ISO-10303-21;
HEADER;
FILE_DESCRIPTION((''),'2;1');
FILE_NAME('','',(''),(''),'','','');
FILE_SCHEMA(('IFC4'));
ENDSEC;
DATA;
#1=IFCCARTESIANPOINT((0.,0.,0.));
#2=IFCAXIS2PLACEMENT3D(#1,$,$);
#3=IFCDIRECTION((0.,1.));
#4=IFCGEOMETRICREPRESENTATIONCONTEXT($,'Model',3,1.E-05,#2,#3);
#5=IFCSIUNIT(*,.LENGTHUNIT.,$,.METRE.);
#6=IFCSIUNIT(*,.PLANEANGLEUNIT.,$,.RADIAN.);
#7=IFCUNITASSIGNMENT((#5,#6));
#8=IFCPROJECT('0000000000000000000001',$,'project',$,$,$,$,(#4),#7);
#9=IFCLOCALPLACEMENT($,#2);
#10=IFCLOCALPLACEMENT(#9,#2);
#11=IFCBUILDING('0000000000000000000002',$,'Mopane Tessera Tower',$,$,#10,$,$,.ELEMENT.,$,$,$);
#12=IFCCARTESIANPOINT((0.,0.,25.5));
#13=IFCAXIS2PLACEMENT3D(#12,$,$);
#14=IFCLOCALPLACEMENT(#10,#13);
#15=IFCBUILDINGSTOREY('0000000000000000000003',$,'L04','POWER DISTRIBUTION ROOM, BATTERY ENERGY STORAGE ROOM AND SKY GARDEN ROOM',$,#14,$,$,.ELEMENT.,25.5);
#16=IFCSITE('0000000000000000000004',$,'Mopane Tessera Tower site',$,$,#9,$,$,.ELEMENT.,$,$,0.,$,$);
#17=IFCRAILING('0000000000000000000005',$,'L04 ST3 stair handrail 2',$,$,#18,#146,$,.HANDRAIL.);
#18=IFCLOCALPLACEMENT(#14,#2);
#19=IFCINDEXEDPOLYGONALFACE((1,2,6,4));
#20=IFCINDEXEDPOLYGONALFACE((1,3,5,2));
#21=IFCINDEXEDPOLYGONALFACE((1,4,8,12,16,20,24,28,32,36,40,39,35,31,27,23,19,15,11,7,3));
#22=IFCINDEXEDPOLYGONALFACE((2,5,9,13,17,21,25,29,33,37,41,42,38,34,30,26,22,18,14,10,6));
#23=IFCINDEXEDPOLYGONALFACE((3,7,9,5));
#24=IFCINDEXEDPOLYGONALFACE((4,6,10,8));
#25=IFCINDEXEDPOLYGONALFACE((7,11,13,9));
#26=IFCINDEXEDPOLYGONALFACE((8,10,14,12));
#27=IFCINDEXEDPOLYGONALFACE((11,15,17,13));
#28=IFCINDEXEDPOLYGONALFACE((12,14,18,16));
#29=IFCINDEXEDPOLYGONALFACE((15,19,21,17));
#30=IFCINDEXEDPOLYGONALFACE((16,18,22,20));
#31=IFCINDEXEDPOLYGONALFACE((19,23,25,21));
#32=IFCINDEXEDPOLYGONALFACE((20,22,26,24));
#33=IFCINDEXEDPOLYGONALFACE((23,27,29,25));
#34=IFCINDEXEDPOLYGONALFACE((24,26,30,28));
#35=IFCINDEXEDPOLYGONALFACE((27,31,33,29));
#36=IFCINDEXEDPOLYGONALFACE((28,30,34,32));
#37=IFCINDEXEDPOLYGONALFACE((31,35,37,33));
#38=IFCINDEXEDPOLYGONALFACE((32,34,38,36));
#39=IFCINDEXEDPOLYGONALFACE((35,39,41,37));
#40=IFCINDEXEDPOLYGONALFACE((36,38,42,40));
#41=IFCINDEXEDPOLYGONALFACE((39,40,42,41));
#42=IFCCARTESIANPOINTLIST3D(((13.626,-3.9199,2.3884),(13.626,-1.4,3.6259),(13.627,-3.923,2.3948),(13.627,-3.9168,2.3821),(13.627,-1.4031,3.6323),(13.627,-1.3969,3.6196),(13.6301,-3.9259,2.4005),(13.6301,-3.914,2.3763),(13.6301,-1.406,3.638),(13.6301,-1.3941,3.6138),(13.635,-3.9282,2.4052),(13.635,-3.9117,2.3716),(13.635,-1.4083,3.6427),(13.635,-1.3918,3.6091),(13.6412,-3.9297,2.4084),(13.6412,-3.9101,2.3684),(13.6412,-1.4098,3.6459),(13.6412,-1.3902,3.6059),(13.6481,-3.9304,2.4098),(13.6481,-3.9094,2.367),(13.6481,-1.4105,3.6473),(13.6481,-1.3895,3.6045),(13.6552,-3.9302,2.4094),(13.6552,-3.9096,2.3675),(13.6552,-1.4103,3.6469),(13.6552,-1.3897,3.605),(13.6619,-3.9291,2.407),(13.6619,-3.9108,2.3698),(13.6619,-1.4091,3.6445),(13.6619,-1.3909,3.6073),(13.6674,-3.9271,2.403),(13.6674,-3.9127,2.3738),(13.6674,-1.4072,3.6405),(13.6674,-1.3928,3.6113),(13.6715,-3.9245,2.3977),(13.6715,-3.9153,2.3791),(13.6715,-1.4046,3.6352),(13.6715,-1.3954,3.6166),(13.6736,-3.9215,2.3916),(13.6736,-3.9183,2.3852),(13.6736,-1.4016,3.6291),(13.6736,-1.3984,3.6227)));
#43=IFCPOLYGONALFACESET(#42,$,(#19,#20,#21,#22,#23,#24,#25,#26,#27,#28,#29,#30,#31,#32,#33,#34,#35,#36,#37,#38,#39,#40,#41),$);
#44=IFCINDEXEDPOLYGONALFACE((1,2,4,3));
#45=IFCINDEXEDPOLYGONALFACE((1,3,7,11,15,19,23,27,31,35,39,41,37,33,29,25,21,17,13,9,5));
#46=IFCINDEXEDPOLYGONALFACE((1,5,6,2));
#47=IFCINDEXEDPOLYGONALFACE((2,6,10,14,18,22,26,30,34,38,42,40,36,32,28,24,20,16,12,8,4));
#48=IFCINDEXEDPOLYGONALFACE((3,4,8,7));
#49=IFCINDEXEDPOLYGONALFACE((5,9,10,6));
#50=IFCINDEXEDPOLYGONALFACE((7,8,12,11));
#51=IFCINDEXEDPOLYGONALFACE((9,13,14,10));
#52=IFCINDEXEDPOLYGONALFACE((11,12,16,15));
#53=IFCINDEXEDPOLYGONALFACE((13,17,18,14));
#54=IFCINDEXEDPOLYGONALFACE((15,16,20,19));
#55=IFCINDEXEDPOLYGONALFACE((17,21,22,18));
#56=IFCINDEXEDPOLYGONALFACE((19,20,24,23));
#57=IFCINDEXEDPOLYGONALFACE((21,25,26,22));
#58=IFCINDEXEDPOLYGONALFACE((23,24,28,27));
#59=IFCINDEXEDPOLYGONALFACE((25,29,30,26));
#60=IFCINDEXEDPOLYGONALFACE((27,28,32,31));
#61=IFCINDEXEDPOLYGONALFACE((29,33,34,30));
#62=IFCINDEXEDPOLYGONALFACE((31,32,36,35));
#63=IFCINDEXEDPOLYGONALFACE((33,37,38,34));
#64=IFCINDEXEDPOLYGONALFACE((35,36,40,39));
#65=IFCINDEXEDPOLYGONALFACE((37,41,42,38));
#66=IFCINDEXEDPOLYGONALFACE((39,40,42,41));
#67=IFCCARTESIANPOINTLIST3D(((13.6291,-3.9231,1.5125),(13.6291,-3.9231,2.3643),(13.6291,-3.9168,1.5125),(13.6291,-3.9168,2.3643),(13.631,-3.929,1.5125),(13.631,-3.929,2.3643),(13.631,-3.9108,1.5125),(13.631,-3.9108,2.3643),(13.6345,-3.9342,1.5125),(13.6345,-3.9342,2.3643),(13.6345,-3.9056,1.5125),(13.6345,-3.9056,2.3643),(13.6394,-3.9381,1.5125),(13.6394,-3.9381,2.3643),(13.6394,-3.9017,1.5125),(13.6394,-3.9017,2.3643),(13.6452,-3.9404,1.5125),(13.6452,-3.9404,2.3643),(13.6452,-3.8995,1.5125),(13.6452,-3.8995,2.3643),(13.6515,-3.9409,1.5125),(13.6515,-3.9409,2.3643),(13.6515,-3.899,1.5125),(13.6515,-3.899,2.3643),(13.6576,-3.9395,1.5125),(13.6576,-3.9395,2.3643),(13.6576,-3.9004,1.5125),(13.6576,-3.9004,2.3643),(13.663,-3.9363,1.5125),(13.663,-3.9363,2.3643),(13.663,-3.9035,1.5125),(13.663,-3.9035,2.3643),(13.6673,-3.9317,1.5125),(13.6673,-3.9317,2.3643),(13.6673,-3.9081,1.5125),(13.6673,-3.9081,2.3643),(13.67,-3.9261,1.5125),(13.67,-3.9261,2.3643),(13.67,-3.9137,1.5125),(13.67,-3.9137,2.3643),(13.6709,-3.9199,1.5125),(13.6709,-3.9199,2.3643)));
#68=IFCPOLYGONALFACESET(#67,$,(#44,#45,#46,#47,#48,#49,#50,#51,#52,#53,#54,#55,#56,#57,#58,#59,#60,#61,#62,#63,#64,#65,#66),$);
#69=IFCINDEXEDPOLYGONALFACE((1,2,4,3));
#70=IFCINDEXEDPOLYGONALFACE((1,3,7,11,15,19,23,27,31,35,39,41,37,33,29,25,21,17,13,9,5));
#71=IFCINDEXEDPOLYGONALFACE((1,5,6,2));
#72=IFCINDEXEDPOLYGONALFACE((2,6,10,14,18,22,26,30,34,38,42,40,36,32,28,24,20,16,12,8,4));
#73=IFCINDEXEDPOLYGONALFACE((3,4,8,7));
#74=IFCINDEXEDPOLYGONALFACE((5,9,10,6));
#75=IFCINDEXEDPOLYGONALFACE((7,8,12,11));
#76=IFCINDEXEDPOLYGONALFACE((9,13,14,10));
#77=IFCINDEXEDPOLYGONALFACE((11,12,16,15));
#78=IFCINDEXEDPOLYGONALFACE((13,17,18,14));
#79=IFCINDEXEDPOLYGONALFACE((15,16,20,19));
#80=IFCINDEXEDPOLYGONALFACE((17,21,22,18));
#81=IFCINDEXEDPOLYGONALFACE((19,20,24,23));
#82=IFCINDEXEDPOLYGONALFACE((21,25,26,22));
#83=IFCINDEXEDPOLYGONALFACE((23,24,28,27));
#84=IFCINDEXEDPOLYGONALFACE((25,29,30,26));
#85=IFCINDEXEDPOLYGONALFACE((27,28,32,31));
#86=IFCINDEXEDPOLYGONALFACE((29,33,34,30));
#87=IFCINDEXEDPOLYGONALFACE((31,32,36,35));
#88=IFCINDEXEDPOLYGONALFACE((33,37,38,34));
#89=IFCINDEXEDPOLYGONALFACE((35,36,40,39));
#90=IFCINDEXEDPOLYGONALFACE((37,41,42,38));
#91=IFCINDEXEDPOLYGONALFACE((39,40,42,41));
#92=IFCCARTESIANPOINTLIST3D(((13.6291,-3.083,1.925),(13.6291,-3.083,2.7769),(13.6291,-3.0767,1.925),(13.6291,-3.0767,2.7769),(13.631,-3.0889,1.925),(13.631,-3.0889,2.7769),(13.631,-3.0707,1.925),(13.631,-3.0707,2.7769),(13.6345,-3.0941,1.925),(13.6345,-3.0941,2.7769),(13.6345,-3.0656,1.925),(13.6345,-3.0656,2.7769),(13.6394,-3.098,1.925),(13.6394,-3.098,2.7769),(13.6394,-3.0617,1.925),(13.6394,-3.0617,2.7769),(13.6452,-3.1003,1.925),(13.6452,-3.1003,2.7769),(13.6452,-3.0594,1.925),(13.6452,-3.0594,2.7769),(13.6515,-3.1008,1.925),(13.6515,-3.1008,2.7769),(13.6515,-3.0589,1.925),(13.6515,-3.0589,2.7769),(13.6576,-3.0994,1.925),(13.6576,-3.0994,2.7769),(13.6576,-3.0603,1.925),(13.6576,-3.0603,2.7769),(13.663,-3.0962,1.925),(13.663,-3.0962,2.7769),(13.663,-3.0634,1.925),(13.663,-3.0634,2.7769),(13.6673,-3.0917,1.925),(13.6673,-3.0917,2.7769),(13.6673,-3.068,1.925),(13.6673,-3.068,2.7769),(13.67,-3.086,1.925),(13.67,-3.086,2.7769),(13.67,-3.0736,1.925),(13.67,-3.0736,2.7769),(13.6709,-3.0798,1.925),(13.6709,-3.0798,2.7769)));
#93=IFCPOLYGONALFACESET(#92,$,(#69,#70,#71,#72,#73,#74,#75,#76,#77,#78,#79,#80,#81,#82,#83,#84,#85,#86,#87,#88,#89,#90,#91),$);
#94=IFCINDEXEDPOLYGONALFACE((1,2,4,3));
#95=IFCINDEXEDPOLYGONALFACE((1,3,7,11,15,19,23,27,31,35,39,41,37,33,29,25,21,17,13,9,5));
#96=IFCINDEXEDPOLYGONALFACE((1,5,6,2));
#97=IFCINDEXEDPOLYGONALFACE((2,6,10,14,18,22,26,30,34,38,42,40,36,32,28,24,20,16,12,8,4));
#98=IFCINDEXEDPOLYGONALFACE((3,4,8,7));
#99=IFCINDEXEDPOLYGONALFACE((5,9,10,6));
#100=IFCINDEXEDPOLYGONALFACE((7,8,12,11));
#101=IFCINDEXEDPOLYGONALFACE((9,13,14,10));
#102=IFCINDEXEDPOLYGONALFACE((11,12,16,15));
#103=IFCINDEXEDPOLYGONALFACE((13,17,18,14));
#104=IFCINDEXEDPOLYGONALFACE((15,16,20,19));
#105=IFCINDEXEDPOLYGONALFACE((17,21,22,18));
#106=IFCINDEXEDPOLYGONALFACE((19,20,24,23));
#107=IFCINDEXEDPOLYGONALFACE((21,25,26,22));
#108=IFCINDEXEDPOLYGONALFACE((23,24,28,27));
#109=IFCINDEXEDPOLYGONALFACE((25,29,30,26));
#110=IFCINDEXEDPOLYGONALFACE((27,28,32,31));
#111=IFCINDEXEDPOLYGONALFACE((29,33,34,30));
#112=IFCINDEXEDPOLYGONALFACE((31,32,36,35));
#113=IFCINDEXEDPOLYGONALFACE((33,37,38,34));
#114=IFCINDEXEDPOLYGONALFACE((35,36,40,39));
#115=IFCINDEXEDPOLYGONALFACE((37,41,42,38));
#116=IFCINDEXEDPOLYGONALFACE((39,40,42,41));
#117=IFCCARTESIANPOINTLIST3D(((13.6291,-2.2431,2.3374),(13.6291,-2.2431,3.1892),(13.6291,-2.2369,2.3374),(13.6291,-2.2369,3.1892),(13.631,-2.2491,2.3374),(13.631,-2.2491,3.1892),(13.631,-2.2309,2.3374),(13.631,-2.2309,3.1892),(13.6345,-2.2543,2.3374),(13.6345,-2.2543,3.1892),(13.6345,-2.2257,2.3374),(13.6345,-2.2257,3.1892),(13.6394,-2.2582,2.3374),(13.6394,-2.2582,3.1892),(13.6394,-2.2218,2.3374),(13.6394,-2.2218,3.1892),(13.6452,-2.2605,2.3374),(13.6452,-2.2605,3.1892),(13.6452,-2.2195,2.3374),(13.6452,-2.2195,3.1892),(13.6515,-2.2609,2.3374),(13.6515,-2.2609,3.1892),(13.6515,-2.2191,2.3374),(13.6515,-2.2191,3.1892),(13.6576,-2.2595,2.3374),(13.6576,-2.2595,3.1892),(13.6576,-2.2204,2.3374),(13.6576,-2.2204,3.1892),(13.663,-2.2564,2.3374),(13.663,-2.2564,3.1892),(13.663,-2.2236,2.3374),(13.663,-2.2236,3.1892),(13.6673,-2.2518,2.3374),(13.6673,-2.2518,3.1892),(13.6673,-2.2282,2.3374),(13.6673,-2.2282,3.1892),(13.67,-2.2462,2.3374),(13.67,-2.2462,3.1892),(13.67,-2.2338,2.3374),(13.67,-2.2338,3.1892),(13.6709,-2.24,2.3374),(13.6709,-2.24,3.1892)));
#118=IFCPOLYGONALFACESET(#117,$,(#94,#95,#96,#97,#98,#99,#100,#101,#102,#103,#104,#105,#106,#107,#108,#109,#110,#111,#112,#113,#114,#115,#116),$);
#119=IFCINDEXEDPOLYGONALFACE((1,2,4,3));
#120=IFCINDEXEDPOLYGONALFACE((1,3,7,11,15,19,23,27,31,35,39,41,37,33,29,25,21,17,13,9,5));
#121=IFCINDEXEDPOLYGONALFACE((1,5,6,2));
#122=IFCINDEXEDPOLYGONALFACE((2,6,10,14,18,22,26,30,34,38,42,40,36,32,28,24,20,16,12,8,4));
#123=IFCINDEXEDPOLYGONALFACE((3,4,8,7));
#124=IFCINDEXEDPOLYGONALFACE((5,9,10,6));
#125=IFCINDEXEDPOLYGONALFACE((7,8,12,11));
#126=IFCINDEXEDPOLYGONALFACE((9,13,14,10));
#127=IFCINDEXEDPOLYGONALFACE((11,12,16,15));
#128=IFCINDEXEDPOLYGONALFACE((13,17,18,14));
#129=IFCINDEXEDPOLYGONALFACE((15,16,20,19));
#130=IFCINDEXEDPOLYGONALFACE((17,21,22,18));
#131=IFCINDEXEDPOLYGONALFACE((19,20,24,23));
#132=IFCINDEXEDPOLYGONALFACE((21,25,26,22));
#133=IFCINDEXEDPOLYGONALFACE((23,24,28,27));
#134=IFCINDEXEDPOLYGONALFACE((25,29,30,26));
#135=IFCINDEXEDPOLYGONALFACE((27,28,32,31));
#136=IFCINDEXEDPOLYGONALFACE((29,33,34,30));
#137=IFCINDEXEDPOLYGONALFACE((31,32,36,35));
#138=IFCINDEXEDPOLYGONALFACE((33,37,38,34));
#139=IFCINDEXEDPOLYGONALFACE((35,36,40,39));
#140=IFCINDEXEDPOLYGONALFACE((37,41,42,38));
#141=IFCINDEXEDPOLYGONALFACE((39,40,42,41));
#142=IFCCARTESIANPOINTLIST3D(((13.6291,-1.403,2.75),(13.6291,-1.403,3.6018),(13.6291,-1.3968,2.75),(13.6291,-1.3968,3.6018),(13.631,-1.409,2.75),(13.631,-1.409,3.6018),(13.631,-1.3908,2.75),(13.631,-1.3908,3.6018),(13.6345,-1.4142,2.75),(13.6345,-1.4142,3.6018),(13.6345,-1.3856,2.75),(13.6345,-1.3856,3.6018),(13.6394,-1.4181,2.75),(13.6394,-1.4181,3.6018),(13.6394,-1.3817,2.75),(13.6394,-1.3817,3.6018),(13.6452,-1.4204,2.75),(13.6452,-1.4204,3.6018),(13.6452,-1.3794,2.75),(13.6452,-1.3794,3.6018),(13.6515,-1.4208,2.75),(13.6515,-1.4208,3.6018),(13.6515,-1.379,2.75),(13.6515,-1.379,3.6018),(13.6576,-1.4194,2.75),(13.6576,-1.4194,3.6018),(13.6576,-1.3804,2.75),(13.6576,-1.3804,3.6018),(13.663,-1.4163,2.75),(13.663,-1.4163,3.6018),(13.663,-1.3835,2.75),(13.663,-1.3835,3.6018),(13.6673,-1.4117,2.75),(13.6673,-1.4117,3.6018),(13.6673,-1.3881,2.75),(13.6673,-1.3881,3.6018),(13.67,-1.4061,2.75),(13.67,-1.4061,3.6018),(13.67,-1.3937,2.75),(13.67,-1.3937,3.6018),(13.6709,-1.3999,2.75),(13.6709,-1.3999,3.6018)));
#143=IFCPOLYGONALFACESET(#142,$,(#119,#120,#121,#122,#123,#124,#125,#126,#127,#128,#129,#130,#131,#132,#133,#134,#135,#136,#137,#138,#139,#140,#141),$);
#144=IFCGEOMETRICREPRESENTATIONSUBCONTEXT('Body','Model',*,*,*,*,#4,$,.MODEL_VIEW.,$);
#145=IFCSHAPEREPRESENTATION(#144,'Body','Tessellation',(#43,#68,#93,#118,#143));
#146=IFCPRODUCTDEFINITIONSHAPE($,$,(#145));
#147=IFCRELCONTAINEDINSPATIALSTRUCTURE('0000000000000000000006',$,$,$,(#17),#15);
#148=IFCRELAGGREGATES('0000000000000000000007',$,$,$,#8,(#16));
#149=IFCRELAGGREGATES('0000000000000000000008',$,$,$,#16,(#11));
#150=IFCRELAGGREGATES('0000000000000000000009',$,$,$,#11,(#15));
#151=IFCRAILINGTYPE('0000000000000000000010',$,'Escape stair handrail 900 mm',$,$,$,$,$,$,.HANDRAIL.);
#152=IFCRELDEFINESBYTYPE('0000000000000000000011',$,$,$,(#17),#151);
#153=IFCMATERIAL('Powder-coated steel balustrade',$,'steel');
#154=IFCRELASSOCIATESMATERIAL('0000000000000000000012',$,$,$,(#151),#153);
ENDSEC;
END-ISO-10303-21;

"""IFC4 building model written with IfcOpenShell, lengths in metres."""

from ifc_helpers import new_model, si_unit, direction, frame, origin, origin_2d, place, context, subcontext, project, spatial, circle, extrude, material, type_object, element, save


model = new_model("IFC4")

# Units and contexts
model_context = context("Model", 3, precision=1e-05, world=origin(), true_north=direction((0.0, 1.0)))
body_context = subcontext(model_context, "Body", "Model", "MODEL_VIEW")
ifc_project = project(units=[si_unit("LENGTHUNIT", "METRE"), si_unit("PLANEANGLEUNIT", "RADIAN")], contexts=[model_context])

# Site, building, storey
site_placement = place(None, origin())
site = spatial("IfcSite", under=ifc_project, at=site_placement, Name="Mopane Tessera Tower site", CompositionType="ELEMENT", RefElevation=0.0)
building_placement = place(site_placement, origin())
building = spatial("IfcBuilding", under=site, at=building_placement, Name="Mopane Tessera Tower", CompositionType="ELEMENT")
storey_placement = place(building_placement, frame((0.0, 0.0, 25.5)))
storey = spatial("IfcBuildingStorey", under=building, at=storey_placement, Name="L04", Description="POWER DISTRIBUTION ROOM, BATTERY ENERGY STORAGE ROOM AND SKY GARDEN ROOM", CompositionType="ELEMENT", Elevation=25.5)

# Railing
ifc_material_1 = material(Name="Powder-coated steel balustrade", Category="steel")
railing_type_1 = type_object("IfcRailingType", Name="Escape stair handrail 900 mm", PredefinedType="HANDRAIL", material=ifc_material_1)
railing_1_placement = place(storey_placement, frame((13.6499, -3.9199, 1.5125)))
element("IfcRailing", 1, at=railing_1_placement, inside=storey, type_object=railing_type_1, Name="L04 ST3 stair handrail 2", PredefinedType="HANDRAIL", context=body_context, shape_type="SweptSolid", body=[
    extrude(circle(Radius=0.0239, at=origin_2d()), frame((0.0, 0.0, 0.876), z_axis=(0.0, 0.897604, 0.440802), x_axis=(-1.0, 0.0, 0.0)), (0.0, 0.0, 1.0), 2.8074),
    extrude(circle(Radius=0.021, at=origin_2d()), origin(), (0.0, 0.0, 1.0), 0.8518),
    extrude(circle(Radius=0.021, at=origin_2d()), frame((0.0, 0.8401, 0.4126)), (0.0, 0.0, 1.0), 0.8518),
    extrude(circle(Radius=0.021, at=origin_2d()), frame((0.0, 1.6799, 0.825)), (0.0, 0.0, 1.0), 0.8518),
    extrude(circle(Radius=0.021, at=origin_2d()), frame((0.0, 2.52, 1.2375)), (0.0, 0.0, 1.0), 0.8518),
])

save(model, "model.ifc")
